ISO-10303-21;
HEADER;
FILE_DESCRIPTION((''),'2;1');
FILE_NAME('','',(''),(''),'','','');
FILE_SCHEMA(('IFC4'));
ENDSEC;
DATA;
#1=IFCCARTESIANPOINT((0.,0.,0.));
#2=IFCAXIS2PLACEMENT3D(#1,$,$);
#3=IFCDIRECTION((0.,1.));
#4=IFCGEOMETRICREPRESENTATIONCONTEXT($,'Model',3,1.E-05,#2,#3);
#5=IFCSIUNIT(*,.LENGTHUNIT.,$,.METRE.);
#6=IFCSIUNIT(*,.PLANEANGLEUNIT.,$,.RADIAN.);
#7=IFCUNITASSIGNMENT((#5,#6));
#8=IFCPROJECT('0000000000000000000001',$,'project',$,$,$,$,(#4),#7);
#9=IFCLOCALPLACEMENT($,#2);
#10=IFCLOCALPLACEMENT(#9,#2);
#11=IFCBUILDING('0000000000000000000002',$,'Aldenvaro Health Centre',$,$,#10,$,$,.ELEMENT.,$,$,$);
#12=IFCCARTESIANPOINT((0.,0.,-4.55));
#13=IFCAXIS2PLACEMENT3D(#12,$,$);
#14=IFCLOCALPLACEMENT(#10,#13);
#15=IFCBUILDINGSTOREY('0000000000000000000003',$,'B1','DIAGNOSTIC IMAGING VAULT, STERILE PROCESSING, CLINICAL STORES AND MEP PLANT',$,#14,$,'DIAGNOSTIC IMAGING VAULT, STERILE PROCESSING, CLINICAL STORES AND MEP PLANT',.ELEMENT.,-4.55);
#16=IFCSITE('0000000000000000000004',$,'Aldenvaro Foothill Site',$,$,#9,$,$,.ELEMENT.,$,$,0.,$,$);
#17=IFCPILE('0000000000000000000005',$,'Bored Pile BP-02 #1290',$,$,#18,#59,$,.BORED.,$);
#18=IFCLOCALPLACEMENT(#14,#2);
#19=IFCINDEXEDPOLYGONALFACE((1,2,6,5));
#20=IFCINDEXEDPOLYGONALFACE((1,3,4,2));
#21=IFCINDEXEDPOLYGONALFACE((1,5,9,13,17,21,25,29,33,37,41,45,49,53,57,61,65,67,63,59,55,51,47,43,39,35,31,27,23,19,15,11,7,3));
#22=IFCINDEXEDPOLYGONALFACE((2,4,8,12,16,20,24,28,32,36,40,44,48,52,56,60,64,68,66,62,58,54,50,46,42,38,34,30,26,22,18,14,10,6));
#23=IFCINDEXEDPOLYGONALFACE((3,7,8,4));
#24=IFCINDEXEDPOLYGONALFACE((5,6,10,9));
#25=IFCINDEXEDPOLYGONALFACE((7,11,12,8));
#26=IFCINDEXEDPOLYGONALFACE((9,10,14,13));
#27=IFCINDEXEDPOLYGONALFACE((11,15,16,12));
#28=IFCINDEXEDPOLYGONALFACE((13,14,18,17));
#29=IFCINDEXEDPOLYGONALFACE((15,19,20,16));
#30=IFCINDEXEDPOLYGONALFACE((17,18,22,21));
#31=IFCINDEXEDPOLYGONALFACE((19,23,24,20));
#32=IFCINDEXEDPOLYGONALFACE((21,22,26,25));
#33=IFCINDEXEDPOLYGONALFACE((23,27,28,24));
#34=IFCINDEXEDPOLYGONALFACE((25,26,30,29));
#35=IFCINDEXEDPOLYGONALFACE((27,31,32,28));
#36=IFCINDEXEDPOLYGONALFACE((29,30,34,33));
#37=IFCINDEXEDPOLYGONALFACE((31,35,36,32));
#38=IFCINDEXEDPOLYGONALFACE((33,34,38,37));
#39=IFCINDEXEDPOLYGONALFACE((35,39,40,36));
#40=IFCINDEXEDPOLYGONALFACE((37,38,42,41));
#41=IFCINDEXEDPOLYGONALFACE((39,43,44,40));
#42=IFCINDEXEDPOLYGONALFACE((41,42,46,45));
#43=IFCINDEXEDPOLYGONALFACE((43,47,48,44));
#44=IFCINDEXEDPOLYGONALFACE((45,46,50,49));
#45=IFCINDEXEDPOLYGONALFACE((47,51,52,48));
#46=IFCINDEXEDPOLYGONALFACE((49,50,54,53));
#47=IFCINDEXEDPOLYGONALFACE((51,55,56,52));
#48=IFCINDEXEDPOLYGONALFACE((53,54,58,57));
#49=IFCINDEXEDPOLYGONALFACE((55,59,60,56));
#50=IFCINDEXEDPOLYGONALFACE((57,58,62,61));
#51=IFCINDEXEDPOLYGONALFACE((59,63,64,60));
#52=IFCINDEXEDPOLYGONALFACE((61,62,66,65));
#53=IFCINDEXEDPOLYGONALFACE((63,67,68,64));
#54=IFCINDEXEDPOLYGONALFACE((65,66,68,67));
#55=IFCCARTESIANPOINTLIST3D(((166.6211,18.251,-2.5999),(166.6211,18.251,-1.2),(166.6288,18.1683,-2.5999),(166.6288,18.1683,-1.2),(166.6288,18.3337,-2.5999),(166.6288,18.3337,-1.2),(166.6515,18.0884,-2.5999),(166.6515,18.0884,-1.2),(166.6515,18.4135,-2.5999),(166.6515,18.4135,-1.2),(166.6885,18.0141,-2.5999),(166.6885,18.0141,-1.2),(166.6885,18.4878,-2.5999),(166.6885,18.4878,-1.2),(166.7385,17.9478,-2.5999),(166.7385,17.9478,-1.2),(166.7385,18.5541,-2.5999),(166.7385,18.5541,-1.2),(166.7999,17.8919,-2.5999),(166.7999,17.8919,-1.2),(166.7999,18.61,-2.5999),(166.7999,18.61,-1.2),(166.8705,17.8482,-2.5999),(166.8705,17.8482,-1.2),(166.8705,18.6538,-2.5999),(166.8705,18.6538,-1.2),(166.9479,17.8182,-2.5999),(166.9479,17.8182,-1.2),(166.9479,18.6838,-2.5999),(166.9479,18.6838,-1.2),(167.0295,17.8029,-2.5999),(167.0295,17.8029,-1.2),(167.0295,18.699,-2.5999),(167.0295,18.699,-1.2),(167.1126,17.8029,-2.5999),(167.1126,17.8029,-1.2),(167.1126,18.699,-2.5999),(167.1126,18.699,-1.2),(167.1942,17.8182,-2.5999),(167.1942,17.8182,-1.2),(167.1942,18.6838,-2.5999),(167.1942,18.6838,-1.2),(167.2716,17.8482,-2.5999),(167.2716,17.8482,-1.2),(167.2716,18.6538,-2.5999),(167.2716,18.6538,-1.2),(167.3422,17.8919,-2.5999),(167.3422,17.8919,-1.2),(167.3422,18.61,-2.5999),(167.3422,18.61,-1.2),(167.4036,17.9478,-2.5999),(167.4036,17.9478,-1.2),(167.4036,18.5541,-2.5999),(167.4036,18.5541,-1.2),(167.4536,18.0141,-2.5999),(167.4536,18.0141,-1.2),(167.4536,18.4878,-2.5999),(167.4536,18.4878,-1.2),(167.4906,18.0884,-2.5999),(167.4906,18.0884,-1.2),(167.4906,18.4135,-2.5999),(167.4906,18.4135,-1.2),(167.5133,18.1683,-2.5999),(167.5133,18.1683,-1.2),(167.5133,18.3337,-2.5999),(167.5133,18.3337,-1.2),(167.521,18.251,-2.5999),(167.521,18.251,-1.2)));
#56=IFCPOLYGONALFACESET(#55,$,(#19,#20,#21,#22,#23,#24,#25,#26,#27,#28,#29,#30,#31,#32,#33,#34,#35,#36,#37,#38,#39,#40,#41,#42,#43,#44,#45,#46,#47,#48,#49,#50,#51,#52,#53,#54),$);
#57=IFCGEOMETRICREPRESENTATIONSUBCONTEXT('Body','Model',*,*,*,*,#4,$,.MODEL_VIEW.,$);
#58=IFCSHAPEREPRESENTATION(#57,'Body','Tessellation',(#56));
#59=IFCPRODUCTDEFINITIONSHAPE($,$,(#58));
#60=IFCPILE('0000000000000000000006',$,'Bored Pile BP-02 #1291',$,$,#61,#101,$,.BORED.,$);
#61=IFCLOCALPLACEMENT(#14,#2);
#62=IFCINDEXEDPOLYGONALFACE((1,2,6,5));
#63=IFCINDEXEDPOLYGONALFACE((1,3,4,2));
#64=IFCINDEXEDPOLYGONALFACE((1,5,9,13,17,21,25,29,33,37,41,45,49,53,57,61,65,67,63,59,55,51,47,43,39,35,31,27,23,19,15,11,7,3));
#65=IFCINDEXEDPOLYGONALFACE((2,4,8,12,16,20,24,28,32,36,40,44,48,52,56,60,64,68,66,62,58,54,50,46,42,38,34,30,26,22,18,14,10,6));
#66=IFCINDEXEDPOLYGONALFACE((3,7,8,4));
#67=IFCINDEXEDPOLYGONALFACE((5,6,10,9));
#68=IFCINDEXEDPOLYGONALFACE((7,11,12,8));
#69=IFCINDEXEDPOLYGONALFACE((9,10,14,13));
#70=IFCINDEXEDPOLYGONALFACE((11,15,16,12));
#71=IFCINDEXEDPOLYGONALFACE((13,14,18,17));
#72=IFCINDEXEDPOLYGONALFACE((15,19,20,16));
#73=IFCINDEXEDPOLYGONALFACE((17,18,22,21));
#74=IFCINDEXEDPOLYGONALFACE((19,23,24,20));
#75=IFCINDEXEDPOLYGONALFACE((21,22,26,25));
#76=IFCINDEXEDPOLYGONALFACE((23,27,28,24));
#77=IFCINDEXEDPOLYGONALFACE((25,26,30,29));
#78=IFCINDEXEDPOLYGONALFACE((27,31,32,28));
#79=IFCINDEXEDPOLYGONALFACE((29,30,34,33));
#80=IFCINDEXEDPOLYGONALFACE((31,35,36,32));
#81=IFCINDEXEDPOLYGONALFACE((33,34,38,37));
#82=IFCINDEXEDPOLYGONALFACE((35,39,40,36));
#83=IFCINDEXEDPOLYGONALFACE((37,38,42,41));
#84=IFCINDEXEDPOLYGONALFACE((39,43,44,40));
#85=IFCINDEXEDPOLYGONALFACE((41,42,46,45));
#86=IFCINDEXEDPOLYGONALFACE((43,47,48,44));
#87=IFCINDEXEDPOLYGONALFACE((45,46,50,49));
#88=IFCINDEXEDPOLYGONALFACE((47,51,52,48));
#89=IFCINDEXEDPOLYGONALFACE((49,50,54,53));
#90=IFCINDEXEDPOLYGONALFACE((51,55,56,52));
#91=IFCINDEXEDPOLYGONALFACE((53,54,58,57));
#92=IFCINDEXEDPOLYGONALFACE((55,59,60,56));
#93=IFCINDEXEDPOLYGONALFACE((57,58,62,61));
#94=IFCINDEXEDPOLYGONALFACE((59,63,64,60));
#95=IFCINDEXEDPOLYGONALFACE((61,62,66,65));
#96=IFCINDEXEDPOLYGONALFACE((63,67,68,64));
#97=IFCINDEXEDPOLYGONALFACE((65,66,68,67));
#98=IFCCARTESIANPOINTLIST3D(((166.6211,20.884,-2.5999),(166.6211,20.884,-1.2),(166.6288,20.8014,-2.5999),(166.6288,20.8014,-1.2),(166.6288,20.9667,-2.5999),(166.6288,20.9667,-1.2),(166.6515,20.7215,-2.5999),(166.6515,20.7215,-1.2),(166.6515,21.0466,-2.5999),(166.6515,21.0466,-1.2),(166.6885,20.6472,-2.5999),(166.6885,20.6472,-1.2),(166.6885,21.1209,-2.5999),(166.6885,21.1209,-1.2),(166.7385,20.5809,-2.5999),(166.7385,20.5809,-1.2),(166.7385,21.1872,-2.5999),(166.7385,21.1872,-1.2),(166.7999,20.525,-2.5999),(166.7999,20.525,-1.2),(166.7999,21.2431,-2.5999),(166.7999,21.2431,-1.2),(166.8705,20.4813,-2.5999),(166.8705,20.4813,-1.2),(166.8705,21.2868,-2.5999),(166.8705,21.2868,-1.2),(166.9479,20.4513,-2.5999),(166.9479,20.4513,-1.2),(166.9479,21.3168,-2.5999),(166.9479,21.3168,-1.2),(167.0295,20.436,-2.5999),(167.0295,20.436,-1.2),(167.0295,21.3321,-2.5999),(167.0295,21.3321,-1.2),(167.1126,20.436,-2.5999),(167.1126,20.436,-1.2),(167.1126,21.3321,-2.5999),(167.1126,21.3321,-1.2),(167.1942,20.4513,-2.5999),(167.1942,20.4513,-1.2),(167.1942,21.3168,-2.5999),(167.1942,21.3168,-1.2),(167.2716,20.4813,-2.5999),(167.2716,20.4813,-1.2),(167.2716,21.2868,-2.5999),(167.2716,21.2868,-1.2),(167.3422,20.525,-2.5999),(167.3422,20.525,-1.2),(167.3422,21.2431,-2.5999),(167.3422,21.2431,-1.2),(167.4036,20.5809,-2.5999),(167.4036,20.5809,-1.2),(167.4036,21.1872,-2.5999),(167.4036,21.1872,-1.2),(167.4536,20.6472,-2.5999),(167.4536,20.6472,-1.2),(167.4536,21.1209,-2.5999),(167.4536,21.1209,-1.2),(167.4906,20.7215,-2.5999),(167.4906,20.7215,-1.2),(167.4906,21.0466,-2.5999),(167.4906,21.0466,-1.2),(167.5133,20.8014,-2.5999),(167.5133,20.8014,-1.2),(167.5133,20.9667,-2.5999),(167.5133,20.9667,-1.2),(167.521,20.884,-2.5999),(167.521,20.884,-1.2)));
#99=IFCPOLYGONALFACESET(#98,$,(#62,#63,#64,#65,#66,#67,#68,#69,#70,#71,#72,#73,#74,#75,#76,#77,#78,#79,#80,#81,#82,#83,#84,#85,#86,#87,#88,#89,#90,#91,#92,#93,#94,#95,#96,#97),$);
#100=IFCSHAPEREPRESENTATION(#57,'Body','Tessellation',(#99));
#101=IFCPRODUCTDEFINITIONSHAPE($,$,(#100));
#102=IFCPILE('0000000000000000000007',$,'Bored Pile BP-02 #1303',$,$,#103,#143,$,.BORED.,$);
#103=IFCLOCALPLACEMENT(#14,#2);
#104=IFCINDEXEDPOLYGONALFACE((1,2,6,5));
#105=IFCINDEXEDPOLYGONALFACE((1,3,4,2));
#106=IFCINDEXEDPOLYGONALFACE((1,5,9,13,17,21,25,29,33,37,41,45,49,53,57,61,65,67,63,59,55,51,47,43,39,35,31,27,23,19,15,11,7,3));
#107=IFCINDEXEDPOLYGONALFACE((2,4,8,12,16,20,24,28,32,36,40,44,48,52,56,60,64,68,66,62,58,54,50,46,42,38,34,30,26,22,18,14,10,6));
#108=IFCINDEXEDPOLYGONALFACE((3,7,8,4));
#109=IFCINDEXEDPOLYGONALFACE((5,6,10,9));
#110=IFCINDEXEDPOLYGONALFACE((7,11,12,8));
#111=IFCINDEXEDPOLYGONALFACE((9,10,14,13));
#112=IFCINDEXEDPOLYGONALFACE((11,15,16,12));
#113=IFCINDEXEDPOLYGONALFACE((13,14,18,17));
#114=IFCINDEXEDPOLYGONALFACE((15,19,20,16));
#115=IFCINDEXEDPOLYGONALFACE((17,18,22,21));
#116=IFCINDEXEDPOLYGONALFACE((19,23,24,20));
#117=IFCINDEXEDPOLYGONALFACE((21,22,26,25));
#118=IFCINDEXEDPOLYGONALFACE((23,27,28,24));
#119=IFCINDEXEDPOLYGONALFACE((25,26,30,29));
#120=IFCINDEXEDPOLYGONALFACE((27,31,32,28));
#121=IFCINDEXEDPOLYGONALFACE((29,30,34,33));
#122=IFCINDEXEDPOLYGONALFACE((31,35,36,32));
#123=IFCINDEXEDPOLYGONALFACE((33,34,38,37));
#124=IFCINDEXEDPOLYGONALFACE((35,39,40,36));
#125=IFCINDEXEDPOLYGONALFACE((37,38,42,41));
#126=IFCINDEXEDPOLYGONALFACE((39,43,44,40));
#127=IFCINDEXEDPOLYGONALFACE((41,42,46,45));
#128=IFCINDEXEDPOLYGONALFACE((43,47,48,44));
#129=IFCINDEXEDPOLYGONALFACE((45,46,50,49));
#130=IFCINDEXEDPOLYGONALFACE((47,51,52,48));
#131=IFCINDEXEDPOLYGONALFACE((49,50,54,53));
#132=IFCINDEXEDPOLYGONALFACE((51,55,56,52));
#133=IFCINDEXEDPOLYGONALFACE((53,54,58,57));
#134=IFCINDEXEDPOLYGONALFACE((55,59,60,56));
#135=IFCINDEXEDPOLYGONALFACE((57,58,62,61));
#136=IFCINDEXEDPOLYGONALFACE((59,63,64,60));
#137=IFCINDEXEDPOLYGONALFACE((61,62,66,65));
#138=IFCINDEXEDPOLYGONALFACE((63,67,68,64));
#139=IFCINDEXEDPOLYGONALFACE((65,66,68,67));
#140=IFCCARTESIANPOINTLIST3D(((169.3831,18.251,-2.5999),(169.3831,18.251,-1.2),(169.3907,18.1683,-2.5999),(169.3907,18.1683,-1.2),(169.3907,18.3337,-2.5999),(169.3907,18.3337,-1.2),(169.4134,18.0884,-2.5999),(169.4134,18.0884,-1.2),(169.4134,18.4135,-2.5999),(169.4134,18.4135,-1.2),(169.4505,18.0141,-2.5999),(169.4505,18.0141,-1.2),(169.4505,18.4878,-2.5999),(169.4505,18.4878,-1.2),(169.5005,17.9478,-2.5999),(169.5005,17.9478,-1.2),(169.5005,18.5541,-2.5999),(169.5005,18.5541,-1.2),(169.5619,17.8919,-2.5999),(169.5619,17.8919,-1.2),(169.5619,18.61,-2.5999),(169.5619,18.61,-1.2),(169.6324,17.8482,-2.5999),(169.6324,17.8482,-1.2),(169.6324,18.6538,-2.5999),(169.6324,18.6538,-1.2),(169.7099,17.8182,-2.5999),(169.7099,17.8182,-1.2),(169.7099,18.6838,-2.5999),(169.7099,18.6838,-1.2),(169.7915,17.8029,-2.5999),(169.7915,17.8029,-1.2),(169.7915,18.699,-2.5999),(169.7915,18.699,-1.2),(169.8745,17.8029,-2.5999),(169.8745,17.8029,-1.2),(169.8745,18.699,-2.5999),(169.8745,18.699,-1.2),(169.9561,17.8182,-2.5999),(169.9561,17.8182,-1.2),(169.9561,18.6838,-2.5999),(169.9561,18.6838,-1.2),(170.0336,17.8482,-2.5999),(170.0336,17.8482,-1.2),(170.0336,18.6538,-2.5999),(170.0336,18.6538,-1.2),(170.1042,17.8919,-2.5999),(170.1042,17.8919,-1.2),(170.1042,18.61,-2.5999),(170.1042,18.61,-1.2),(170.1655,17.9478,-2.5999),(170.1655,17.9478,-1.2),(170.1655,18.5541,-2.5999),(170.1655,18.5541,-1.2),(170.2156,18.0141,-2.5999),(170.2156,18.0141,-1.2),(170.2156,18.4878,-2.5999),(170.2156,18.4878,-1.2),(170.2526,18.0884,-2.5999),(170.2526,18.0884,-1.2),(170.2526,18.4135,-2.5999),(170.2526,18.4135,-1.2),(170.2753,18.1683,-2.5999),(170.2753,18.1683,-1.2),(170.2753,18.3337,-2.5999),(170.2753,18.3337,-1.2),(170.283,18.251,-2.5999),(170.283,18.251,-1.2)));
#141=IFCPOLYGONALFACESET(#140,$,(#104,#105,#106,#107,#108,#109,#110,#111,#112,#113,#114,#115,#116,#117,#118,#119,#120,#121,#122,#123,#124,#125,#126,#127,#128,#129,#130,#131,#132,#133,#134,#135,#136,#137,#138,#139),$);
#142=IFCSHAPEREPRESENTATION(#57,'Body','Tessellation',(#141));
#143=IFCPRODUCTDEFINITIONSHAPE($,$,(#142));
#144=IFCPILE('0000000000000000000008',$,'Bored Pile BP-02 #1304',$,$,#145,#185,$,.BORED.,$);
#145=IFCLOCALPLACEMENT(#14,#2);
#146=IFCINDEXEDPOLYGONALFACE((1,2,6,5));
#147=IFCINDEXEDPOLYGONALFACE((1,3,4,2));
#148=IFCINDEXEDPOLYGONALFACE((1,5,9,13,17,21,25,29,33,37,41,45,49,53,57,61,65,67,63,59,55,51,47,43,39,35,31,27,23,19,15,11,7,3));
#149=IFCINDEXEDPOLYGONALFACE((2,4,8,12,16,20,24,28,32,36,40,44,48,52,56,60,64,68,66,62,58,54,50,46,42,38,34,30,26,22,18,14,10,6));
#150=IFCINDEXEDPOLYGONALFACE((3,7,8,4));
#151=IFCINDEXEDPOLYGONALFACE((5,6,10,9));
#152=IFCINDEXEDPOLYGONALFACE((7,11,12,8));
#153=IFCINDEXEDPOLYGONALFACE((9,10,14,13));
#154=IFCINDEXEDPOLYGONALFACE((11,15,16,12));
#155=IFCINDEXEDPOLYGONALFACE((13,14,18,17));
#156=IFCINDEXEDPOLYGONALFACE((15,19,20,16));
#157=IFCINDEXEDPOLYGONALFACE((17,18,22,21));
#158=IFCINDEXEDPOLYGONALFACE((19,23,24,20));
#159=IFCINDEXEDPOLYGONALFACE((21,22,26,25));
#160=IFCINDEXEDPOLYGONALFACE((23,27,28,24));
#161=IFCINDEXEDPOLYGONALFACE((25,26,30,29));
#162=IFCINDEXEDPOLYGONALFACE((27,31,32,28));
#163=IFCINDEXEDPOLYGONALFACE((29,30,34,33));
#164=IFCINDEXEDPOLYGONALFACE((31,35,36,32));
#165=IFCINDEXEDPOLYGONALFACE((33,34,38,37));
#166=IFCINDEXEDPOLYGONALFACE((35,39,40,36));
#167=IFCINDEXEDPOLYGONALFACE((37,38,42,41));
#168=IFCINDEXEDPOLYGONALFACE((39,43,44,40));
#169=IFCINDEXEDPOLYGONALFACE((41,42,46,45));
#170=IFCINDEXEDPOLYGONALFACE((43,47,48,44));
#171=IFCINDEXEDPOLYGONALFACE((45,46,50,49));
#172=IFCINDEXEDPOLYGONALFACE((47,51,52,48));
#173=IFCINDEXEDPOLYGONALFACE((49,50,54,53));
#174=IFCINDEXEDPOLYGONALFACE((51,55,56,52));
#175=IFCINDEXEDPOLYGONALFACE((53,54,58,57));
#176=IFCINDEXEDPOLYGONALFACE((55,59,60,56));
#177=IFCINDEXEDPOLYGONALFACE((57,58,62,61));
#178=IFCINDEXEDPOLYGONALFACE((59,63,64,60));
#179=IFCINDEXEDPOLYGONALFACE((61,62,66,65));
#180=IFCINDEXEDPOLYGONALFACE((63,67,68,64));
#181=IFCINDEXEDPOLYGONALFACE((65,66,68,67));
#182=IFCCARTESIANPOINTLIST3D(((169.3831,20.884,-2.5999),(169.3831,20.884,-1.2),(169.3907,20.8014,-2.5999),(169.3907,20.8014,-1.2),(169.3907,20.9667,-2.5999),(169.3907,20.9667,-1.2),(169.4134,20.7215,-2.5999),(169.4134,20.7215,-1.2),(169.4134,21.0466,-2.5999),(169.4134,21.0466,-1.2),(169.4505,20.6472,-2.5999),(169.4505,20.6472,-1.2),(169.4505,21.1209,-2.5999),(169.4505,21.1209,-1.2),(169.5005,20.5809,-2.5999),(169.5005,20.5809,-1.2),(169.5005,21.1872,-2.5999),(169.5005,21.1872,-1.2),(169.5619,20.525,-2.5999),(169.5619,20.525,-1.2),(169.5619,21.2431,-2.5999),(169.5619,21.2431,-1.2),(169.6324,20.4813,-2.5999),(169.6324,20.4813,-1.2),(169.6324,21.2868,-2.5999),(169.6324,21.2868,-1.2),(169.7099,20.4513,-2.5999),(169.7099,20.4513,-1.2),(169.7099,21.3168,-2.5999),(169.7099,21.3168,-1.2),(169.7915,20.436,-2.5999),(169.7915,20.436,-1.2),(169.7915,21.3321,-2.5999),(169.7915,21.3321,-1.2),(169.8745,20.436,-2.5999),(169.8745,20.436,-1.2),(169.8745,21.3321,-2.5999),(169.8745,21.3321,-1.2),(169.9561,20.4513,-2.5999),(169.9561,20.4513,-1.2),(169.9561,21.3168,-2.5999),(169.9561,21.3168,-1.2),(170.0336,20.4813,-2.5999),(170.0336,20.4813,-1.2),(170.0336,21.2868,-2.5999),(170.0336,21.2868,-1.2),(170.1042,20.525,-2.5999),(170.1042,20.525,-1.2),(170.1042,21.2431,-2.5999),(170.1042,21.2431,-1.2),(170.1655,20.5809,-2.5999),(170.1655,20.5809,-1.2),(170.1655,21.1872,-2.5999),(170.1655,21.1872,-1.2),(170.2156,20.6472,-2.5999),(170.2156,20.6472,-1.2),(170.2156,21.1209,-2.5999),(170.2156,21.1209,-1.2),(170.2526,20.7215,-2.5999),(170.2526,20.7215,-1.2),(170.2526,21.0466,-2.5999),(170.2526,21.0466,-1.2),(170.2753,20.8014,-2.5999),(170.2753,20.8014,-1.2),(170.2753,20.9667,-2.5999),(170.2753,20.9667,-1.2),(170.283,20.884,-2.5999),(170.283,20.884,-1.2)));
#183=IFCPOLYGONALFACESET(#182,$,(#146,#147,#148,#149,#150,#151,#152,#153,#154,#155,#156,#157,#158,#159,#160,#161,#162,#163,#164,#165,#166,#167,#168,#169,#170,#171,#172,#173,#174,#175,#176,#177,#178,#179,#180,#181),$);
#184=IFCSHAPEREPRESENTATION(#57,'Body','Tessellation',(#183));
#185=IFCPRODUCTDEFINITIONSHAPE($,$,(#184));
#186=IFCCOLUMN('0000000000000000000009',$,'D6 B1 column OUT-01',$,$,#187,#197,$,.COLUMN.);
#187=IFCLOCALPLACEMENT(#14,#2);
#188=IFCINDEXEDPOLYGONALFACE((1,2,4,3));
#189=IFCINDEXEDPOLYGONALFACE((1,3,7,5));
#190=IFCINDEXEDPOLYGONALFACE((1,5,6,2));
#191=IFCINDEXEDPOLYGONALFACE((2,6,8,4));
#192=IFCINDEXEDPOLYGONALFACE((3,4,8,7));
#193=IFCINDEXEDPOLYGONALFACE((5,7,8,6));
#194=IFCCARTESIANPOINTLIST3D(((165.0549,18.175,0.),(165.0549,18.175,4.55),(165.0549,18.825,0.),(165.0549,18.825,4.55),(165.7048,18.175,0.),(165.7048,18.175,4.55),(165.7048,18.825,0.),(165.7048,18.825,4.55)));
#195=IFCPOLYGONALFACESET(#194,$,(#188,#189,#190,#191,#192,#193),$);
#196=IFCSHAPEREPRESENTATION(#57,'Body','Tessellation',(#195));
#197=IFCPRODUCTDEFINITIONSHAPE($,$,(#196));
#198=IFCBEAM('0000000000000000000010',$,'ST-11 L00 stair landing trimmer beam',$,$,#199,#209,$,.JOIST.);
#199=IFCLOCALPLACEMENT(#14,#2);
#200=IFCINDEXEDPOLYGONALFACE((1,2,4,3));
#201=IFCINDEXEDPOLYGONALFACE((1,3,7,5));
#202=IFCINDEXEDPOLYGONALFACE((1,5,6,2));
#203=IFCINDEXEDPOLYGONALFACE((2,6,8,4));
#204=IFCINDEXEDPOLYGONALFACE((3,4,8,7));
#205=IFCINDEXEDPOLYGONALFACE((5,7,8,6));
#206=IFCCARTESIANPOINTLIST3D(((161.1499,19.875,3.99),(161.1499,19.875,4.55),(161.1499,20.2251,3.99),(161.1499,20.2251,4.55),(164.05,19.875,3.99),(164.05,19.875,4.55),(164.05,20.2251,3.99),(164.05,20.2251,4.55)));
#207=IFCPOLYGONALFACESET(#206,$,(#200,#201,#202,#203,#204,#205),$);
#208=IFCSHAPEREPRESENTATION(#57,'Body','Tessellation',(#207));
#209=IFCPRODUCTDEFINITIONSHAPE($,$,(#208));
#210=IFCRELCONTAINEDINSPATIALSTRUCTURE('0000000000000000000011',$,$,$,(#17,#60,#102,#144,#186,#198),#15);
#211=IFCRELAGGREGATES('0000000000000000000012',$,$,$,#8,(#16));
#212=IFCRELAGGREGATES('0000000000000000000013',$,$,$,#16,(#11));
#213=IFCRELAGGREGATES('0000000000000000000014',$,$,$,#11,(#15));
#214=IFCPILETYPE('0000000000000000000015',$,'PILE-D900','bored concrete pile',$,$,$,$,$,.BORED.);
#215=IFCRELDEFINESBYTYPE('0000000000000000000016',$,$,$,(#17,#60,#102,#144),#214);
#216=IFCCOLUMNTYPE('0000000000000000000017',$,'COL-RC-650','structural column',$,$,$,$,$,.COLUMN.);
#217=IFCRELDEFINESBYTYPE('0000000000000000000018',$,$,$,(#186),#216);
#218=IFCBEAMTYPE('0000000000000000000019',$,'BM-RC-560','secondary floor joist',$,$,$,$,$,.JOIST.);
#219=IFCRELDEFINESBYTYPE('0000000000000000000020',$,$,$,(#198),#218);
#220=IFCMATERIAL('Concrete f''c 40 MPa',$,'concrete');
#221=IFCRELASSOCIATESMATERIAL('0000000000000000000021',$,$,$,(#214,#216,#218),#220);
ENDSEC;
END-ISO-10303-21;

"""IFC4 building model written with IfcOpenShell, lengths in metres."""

from ifc_helpers import new_model, si_unit, direction, frame, origin, origin_2d, place, context, subcontext, project, spatial, rectangle, circle, extrude, material, material_profile, profile_set, type_object, element, save


model = new_model("IFC4")

# Units and contexts
model_context = context("Model", 3, precision=1e-05, world=origin(), true_north=direction((0.0, 1.0)))
body_context = subcontext(model_context, "Body", "Model", "MODEL_VIEW")
ifc_project = project(units=[si_unit("LENGTHUNIT", "METRE"), si_unit("PLANEANGLEUNIT", "RADIAN")], contexts=[model_context])

# Site, building, storey
site_placement = place(None, origin())
site = spatial("IfcSite", under=ifc_project, at=site_placement, Name="Aldenvaro Foothill Site", CompositionType="ELEMENT", RefElevation=0.0)
building_placement = place(site_placement, origin())
building = spatial("IfcBuilding", under=site, at=building_placement, Name="Aldenvaro Health Centre", CompositionType="ELEMENT")
storey_placement = place(building_placement, frame((0.0, 0.0, -4.55)))
storey = spatial("IfcBuildingStorey", under=building, at=storey_placement, Name="B1", Description="DIAGNOSTIC IMAGING VAULT, STERILE PROCESSING, CLINICAL STORES AND MEP PLANT", LongName="DIAGNOSTIC IMAGING VAULT, STERILE PROCESSING, CLINICAL STORES AND MEP PLANT", CompositionType="ELEMENT", Elevation=-4.55)

# Piles
ifc_material_1 = material(Name="Concrete f'c 40 MPa", Category="concrete")
ifc_material_profile_1 = material_profile(ifc_material_1, circle(Radius=0.45, at=origin_2d()), Name="PILE D900", Category="concrete")
ifc_profile_set_1 = profile_set([ifc_material_profile_1], Name="Concrete f'c 40 MPa")
pile_type = type_object("IfcPileType", Name="PILE-D900", Description="bored concrete pile", PredefinedType="BORED", material=ifc_profile_set_1)
for number, where, z_axis, x_axis, name in (
    (1, (167.071, 18.251, -1.2), (0.0, 0.0, -1.0), (1.0, 0.0, 0.0), "Bored Pile BP-02 #1290"),
    (2, (167.071, 20.884, -1.2), (0.0, 0.0, -1.0), (1.0, 0.0, 0.0), "Bored Pile BP-02 #1291"),
    (3, (169.833, 18.251, -1.2), (0.0, 0.0, -1.0), (1.0, 0.0, 0.0), "Bored Pile BP-02 #1303"),
    (4, (169.833, 20.884, -1.2), (0.0, 0.0, -1.0), (1.0, 0.0, 0.0), "Bored Pile BP-02 #1304"),
):
    element("IfcPile", number, at=place(storey_placement, frame(where, z_axis=z_axis, x_axis=x_axis)), inside=storey, type_object=pile_type, Name=name, PredefinedType="BORED", context=body_context, shape_type="SweptSolid", body=[
        extrude(circle(Radius=0.45, at=origin_2d()), origin(), (0.0, 0.0, 1.0), 1.3999),
    ])

# Column
ifc_material_profile_2 = material_profile(ifc_material_1, rectangle(XDim=0.6499, YDim=0.6499, at=origin_2d()), Name="RC 650x650", Category="concrete")
ifc_profile_set_2 = profile_set([ifc_material_profile_2], Name="Concrete f'c 40 MPa")
column_type = type_object("IfcColumnType", Name="COL-RC-650", Description="structural column", PredefinedType="COLUMN", material=ifc_profile_set_2)
column_placement = place(storey_placement, frame((165.3799, 18.5, 0.0), z_axis=(0.0, 0.0, 1.0), x_axis=(1.0, 0.0, 0.0)))
element("IfcColumn", 5, at=column_placement, inside=storey, type_object=column_type, Name="D6 B1 column OUT-01", PredefinedType="COLUMN", context=body_context, shape_type="SweptSolid", body=[
    extrude(rectangle(XDim=0.6499, YDim=0.6499, at=origin_2d()), origin(), (0.0, 0.0, 1.0), 4.55),
])

# Beam
ifc_material_profile_3 = material_profile(ifc_material_1, rectangle(XDim=0.3501, YDim=0.5601, at=origin_2d()), Name="RC 350x560", Category="concrete")
ifc_profile_set_3 = profile_set([ifc_material_profile_3], Name="Concrete f'c 40 MPa")
beam_type_1 = type_object("IfcBeamType", Name="BM-RC-560", Description="secondary floor joist", PredefinedType="JOIST", material=ifc_profile_set_3)
beam_1_placement = place(storey_placement, frame((161.1499, 20.05, 4.27), z_axis=(1.0, 0.0, 0.0), x_axis=(0.0, 1.0, 0.0)))
element("IfcBeam", 6, at=beam_1_placement, inside=storey, type_object=beam_type_1, Name="ST-11 L00 stair landing trimmer beam", PredefinedType="JOIST", context=body_context, shape_type="SweptSolid", body=[
    extrude(rectangle(XDim=0.3501, YDim=0.5601, at=origin_2d()), origin(), (0.0, 0.0, 1.0), 2.9001),
])

save(model, "model.ifc")
